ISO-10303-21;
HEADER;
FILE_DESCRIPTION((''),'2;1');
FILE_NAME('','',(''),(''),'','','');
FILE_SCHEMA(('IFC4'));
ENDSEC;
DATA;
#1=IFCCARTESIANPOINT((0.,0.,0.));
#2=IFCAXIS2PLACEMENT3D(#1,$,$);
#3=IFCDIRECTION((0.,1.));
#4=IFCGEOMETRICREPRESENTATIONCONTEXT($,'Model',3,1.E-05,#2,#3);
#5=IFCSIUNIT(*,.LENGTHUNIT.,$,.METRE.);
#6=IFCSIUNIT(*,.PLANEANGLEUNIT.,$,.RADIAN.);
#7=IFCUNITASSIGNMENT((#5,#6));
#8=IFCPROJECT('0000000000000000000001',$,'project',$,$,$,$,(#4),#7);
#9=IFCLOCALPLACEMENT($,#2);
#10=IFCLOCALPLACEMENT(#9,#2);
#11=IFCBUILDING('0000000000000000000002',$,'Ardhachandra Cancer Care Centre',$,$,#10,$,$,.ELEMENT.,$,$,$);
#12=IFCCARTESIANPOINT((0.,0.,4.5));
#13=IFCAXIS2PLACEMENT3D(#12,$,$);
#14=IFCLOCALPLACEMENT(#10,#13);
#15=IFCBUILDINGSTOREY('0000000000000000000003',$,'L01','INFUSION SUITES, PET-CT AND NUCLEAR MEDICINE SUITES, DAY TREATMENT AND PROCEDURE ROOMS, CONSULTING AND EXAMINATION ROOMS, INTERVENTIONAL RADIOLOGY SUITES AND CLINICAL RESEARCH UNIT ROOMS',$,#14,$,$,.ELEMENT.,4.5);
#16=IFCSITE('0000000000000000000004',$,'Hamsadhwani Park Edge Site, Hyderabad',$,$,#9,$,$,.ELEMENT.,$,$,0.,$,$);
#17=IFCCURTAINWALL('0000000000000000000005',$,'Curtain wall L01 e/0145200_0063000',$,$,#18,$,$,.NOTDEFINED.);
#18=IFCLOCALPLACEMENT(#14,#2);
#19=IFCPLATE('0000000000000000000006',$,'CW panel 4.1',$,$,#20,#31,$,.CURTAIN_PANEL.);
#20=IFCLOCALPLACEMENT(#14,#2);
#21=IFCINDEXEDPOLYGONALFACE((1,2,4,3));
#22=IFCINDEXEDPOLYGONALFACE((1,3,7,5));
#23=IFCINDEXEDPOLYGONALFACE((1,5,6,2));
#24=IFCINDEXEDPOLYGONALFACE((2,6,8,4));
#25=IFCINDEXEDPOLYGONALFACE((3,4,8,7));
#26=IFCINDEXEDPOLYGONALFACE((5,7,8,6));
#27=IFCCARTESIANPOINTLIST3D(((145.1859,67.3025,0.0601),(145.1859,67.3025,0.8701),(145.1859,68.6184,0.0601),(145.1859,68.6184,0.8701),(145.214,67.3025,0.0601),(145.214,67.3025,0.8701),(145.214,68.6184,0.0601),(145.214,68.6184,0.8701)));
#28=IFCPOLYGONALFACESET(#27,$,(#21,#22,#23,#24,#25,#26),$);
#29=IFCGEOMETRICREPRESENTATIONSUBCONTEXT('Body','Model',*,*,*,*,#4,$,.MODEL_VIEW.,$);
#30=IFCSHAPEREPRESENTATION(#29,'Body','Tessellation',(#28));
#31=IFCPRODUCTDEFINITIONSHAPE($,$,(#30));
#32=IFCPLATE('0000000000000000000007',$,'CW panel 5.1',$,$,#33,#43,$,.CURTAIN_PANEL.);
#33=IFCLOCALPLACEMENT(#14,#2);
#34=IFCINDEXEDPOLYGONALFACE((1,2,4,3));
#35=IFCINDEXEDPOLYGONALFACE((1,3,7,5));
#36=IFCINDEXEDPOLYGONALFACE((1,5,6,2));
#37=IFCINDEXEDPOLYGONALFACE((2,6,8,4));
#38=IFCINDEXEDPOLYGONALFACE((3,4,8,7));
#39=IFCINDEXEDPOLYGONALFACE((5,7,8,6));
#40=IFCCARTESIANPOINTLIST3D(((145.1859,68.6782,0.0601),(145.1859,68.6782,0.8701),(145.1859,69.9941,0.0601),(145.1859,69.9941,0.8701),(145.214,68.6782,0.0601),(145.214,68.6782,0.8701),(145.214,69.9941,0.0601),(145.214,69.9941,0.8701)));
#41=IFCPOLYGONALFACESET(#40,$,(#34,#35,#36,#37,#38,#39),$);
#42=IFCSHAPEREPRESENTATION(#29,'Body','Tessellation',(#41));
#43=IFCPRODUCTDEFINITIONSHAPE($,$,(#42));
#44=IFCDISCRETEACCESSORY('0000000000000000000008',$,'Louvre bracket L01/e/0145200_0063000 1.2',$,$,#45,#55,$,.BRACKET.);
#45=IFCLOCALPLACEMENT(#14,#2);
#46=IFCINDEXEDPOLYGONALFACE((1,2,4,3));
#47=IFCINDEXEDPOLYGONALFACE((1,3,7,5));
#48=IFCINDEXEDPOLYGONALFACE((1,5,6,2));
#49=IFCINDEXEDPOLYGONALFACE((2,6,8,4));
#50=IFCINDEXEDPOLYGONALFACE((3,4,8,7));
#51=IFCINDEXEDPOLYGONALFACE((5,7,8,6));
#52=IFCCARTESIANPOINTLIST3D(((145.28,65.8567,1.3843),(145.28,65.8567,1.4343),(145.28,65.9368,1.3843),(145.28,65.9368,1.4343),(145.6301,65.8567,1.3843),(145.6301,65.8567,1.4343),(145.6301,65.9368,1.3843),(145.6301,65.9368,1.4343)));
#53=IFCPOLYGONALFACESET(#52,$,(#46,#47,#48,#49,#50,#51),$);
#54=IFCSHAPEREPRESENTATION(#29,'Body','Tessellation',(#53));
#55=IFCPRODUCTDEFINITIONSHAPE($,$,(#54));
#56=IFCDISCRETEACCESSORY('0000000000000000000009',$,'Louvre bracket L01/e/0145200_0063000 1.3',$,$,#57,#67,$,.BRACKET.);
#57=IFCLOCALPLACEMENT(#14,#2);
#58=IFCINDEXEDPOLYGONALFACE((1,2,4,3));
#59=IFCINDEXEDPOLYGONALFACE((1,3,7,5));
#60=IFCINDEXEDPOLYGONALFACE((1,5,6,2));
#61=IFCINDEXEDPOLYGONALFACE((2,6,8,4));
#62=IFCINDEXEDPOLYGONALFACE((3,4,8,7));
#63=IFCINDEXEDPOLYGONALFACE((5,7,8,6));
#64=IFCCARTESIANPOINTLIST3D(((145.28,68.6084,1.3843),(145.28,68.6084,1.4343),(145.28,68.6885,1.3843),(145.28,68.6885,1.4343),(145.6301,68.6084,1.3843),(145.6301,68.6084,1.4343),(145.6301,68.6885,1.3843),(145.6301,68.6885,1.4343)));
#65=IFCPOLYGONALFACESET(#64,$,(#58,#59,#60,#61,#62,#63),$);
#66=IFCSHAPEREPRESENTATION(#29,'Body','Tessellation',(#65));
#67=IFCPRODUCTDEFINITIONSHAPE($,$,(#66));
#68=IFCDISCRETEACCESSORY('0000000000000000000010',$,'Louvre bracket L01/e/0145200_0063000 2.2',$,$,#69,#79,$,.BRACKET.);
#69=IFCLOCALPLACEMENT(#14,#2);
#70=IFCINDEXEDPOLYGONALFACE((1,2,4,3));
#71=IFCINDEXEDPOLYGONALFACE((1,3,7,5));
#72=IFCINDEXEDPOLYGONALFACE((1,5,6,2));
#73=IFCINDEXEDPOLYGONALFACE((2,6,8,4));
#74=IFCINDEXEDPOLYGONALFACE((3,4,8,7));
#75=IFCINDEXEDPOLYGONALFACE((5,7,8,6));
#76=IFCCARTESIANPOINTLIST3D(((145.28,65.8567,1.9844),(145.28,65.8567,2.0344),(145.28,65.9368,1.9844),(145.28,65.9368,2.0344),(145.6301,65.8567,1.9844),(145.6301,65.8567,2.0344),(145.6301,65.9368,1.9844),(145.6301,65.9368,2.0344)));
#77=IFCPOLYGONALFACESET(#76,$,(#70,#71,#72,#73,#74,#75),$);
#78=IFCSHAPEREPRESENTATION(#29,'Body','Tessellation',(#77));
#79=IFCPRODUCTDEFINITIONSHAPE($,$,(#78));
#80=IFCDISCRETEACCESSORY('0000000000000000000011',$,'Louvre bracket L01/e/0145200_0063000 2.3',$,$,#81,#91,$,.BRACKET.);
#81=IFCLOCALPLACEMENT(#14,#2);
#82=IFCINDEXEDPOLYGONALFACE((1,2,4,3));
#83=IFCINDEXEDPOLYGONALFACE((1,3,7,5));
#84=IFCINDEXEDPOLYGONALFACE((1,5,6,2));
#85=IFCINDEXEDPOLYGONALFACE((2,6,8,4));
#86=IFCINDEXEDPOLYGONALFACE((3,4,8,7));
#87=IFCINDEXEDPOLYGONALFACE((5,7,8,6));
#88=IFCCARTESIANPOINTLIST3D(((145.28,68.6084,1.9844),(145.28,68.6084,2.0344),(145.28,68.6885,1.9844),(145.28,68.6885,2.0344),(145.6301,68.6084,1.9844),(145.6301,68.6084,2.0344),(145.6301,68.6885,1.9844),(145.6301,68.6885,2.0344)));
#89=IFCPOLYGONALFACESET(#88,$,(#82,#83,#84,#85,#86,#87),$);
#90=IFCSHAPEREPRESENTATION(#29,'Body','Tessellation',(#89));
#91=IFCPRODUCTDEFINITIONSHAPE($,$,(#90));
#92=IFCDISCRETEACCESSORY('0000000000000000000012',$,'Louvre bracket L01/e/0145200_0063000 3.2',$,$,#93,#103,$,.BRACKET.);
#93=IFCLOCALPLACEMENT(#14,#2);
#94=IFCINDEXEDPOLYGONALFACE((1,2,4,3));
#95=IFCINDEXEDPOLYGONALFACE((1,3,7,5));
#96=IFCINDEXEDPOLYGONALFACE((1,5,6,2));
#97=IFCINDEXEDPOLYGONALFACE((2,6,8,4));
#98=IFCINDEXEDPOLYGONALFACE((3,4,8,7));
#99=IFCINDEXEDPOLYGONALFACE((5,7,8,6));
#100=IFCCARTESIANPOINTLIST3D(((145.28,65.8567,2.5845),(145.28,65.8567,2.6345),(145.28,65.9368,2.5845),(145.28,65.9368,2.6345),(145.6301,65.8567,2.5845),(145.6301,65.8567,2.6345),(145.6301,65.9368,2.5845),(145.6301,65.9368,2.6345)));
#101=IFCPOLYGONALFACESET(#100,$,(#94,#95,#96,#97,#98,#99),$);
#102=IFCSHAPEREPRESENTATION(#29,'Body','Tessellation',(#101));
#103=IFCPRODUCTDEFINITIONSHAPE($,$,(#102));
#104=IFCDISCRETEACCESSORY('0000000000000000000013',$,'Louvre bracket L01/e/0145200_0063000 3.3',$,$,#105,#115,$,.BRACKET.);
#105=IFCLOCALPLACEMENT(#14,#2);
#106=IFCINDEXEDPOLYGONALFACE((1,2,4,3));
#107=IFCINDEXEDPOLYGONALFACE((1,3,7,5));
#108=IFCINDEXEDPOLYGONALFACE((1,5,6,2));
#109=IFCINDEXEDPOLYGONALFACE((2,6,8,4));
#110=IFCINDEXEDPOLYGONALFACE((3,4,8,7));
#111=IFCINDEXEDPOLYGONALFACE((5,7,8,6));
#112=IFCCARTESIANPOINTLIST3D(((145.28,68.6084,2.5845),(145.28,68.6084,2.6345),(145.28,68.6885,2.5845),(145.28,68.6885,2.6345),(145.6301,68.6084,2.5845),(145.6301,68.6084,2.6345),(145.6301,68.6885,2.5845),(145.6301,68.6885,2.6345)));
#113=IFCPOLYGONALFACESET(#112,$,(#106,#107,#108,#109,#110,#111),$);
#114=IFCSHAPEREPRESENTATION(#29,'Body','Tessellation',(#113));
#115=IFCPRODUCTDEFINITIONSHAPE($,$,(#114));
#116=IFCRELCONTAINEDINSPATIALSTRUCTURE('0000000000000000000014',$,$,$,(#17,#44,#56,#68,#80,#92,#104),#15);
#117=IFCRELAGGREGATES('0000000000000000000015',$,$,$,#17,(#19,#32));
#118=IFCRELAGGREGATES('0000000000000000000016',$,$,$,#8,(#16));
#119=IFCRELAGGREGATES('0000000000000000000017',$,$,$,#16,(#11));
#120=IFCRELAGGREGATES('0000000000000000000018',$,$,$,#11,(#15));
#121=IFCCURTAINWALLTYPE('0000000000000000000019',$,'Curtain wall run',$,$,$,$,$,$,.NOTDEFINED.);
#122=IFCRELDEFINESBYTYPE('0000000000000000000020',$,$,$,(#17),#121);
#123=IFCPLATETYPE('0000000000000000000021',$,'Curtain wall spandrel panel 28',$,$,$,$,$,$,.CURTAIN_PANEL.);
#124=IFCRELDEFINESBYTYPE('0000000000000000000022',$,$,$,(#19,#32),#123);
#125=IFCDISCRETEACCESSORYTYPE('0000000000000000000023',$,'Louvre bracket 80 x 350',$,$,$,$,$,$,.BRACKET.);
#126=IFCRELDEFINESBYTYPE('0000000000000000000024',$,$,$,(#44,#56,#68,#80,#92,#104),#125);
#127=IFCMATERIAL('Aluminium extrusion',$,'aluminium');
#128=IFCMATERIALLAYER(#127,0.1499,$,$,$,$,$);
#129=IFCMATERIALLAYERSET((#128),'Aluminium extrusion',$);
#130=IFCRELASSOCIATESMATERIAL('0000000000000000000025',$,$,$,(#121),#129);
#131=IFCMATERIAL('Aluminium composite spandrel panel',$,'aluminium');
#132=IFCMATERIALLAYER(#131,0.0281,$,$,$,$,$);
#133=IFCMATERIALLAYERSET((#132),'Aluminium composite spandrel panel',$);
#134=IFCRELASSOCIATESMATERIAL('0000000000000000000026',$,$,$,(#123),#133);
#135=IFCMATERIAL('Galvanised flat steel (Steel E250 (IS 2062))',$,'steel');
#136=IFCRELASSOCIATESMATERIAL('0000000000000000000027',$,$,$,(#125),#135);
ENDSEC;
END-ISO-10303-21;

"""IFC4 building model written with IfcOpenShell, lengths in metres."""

from ifc_helpers import new_model, si_unit, direction, frame, origin, origin_2d, place, context, subcontext, project, spatial, rectangle, extrude, material, layer, layer_set, type_object, element, aggregate, save


model = new_model("IFC4")

# Units and contexts
model_context = context("Model", 3, precision=1e-05, world=origin(), true_north=direction((0.0, 1.0)))
body_context = subcontext(model_context, "Body", "Model", "MODEL_VIEW")
ifc_project = project(units=[si_unit("LENGTHUNIT", "METRE"), si_unit("PLANEANGLEUNIT", "RADIAN")], contexts=[model_context])

# Site, building, storey
site_placement = place(None, origin())
site = spatial("IfcSite", under=ifc_project, at=site_placement, Name="Hamsadhwani Park Edge Site, Hyderabad", CompositionType="ELEMENT", RefElevation=0.0)
building_placement = place(site_placement, origin())
building = spatial("IfcBuilding", under=site, at=building_placement, Name="Ardhachandra Cancer Care Centre", CompositionType="ELEMENT")
storey_placement = place(building_placement, frame((0.0, 0.0, 4.5)))
storey = spatial("IfcBuildingStorey", under=building, at=storey_placement, Name="L01", Description="INFUSION SUITES, PET-CT AND NUCLEAR MEDICINE SUITES, DAY TREATMENT AND PROCEDURE ROOMS, CONSULTING AND EXAMINATION ROOMS, INTERVENTIONAL RADIOLOGY SUITES AND CLINICAL RESEARCH UNIT ROOMS", CompositionType="ELEMENT", Elevation=4.5)

# Curtain wall, plates
ifc_material_1 = material(Name="Aluminium extrusion", Category="aluminium")
ifc_layer_1 = layer(ifc_material_1, 0.1499)
ifc_layer_set_1 = layer_set([ifc_layer_1], Name="Aluminium extrusion")
curtain_wall_type = type_object("IfcCurtainWallType", Name="Curtain wall run", PredefinedType="NOTDEFINED", material=ifc_layer_set_1)
curtain_wall_placement = place(storey_placement, origin())
curtain_wall = element("IfcCurtainWall", 1, at=curtain_wall_placement, inside=storey, type_object=curtain_wall_type, Name="Curtain wall L01 e/0145200_0063000", PredefinedType="NOTDEFINED")
ifc_material_2 = material(Name="Aluminium composite spandrel panel", Category="aluminium")
ifc_layer_2 = layer(ifc_material_2, 0.0281)
ifc_layer_set_2 = layer_set([ifc_layer_2], Name="Aluminium composite spandrel panel")
plate_type_1 = type_object("IfcPlateType", Name="Curtain wall spandrel panel 28", PredefinedType="CURTAIN_PANEL", material=ifc_layer_set_2)
plate_1_placement = place(storey_placement, frame((145.2, 67.9604, 0.0601), z_axis=(0.0, 0.0, 1.0), x_axis=(0.0, 1.0, 0.0)))
plate_1 = element("IfcPlate", 2, at=plate_1_placement, type_object=plate_type_1, Name="CW panel 4.1", PredefinedType="CURTAIN_PANEL", context=body_context, shape_type="SweptSolid", body=[
    extrude(rectangle(XDim=1.3159, YDim=0.0281, at=origin_2d()), origin(), (0.0, 0.0, 1.0), 0.8101),
])
plate_2_placement = place(storey_placement, frame((145.2, 69.3362, 0.0601), z_axis=(0.0, 0.0, 1.0), x_axis=(0.0, 1.0, 0.0)))
plate_2 = element("IfcPlate", 3, at=plate_2_placement, type_object=plate_type_1, Name="CW panel 5.1", PredefinedType="CURTAIN_PANEL", context=body_context, shape_type="SweptSolid", body=[
    extrude(rectangle(XDim=1.3159, YDim=0.0281, at=origin_2d()), origin(), (0.0, 0.0, 1.0), 0.8101),
])
aggregate(curtain_wall, [plate_1, plate_2])

# Discrete accessories
ifc_material_3 = material(Name="Galvanised flat steel (Steel E250 (IS 2062))", Category="steel")
discrete_accessory_type = type_object("IfcDiscreteAccessoryType", Name="Louvre bracket 80 x 350", PredefinedType="BRACKET", material=ifc_material_3)
for number, where, z_axis, x_axis, name in (
    (4, (145.4551, 65.8967, 1.3843), (0.0, 0.0, 1.0), (0.0, 1.0, 0.0), "Louvre bracket L01/e/0145200_0063000 1.2"),
    (5, (145.4551, 68.6484, 1.3843), (0.0, 0.0, 1.0), (0.0, 1.0, 0.0), "Louvre bracket L01/e/0145200_0063000 1.3"),
    (6, (145.4551, 65.8967, 1.9844), (0.0, 0.0, 1.0), (0.0, 1.0, 0.0), "Louvre bracket L01/e/0145200_0063000 2.2"),
    (7, (145.4551, 68.6484, 1.9844), (0.0, 0.0, 1.0), (0.0, 1.0, 0.0), "Louvre bracket L01/e/0145200_0063000 2.3"),
    (8, (145.4551, 65.8967, 2.5845), (0.0, 0.0, 1.0), (0.0, 1.0, 0.0), "Louvre bracket L01/e/0145200_0063000 3.2"),
    (9, (145.4551, 68.6484, 2.5845), (0.0, 0.0, 1.0), (0.0, 1.0, 0.0), "Louvre bracket L01/e/0145200_0063000 3.3"),
):
    element("IfcDiscreteAccessory", number, at=place(storey_placement, frame(where, z_axis=z_axis, x_axis=x_axis)), inside=storey, type_object=discrete_accessory_type, Name=name, PredefinedType="BRACKET", context=body_context, shape_type="SweptSolid", body=[
        extrude(rectangle(XDim=0.0801, YDim=0.3501, at=origin_2d()), origin(), (0.0, 0.0, 1.0), 0.05),
    ])

save(model, "model.ifc")
